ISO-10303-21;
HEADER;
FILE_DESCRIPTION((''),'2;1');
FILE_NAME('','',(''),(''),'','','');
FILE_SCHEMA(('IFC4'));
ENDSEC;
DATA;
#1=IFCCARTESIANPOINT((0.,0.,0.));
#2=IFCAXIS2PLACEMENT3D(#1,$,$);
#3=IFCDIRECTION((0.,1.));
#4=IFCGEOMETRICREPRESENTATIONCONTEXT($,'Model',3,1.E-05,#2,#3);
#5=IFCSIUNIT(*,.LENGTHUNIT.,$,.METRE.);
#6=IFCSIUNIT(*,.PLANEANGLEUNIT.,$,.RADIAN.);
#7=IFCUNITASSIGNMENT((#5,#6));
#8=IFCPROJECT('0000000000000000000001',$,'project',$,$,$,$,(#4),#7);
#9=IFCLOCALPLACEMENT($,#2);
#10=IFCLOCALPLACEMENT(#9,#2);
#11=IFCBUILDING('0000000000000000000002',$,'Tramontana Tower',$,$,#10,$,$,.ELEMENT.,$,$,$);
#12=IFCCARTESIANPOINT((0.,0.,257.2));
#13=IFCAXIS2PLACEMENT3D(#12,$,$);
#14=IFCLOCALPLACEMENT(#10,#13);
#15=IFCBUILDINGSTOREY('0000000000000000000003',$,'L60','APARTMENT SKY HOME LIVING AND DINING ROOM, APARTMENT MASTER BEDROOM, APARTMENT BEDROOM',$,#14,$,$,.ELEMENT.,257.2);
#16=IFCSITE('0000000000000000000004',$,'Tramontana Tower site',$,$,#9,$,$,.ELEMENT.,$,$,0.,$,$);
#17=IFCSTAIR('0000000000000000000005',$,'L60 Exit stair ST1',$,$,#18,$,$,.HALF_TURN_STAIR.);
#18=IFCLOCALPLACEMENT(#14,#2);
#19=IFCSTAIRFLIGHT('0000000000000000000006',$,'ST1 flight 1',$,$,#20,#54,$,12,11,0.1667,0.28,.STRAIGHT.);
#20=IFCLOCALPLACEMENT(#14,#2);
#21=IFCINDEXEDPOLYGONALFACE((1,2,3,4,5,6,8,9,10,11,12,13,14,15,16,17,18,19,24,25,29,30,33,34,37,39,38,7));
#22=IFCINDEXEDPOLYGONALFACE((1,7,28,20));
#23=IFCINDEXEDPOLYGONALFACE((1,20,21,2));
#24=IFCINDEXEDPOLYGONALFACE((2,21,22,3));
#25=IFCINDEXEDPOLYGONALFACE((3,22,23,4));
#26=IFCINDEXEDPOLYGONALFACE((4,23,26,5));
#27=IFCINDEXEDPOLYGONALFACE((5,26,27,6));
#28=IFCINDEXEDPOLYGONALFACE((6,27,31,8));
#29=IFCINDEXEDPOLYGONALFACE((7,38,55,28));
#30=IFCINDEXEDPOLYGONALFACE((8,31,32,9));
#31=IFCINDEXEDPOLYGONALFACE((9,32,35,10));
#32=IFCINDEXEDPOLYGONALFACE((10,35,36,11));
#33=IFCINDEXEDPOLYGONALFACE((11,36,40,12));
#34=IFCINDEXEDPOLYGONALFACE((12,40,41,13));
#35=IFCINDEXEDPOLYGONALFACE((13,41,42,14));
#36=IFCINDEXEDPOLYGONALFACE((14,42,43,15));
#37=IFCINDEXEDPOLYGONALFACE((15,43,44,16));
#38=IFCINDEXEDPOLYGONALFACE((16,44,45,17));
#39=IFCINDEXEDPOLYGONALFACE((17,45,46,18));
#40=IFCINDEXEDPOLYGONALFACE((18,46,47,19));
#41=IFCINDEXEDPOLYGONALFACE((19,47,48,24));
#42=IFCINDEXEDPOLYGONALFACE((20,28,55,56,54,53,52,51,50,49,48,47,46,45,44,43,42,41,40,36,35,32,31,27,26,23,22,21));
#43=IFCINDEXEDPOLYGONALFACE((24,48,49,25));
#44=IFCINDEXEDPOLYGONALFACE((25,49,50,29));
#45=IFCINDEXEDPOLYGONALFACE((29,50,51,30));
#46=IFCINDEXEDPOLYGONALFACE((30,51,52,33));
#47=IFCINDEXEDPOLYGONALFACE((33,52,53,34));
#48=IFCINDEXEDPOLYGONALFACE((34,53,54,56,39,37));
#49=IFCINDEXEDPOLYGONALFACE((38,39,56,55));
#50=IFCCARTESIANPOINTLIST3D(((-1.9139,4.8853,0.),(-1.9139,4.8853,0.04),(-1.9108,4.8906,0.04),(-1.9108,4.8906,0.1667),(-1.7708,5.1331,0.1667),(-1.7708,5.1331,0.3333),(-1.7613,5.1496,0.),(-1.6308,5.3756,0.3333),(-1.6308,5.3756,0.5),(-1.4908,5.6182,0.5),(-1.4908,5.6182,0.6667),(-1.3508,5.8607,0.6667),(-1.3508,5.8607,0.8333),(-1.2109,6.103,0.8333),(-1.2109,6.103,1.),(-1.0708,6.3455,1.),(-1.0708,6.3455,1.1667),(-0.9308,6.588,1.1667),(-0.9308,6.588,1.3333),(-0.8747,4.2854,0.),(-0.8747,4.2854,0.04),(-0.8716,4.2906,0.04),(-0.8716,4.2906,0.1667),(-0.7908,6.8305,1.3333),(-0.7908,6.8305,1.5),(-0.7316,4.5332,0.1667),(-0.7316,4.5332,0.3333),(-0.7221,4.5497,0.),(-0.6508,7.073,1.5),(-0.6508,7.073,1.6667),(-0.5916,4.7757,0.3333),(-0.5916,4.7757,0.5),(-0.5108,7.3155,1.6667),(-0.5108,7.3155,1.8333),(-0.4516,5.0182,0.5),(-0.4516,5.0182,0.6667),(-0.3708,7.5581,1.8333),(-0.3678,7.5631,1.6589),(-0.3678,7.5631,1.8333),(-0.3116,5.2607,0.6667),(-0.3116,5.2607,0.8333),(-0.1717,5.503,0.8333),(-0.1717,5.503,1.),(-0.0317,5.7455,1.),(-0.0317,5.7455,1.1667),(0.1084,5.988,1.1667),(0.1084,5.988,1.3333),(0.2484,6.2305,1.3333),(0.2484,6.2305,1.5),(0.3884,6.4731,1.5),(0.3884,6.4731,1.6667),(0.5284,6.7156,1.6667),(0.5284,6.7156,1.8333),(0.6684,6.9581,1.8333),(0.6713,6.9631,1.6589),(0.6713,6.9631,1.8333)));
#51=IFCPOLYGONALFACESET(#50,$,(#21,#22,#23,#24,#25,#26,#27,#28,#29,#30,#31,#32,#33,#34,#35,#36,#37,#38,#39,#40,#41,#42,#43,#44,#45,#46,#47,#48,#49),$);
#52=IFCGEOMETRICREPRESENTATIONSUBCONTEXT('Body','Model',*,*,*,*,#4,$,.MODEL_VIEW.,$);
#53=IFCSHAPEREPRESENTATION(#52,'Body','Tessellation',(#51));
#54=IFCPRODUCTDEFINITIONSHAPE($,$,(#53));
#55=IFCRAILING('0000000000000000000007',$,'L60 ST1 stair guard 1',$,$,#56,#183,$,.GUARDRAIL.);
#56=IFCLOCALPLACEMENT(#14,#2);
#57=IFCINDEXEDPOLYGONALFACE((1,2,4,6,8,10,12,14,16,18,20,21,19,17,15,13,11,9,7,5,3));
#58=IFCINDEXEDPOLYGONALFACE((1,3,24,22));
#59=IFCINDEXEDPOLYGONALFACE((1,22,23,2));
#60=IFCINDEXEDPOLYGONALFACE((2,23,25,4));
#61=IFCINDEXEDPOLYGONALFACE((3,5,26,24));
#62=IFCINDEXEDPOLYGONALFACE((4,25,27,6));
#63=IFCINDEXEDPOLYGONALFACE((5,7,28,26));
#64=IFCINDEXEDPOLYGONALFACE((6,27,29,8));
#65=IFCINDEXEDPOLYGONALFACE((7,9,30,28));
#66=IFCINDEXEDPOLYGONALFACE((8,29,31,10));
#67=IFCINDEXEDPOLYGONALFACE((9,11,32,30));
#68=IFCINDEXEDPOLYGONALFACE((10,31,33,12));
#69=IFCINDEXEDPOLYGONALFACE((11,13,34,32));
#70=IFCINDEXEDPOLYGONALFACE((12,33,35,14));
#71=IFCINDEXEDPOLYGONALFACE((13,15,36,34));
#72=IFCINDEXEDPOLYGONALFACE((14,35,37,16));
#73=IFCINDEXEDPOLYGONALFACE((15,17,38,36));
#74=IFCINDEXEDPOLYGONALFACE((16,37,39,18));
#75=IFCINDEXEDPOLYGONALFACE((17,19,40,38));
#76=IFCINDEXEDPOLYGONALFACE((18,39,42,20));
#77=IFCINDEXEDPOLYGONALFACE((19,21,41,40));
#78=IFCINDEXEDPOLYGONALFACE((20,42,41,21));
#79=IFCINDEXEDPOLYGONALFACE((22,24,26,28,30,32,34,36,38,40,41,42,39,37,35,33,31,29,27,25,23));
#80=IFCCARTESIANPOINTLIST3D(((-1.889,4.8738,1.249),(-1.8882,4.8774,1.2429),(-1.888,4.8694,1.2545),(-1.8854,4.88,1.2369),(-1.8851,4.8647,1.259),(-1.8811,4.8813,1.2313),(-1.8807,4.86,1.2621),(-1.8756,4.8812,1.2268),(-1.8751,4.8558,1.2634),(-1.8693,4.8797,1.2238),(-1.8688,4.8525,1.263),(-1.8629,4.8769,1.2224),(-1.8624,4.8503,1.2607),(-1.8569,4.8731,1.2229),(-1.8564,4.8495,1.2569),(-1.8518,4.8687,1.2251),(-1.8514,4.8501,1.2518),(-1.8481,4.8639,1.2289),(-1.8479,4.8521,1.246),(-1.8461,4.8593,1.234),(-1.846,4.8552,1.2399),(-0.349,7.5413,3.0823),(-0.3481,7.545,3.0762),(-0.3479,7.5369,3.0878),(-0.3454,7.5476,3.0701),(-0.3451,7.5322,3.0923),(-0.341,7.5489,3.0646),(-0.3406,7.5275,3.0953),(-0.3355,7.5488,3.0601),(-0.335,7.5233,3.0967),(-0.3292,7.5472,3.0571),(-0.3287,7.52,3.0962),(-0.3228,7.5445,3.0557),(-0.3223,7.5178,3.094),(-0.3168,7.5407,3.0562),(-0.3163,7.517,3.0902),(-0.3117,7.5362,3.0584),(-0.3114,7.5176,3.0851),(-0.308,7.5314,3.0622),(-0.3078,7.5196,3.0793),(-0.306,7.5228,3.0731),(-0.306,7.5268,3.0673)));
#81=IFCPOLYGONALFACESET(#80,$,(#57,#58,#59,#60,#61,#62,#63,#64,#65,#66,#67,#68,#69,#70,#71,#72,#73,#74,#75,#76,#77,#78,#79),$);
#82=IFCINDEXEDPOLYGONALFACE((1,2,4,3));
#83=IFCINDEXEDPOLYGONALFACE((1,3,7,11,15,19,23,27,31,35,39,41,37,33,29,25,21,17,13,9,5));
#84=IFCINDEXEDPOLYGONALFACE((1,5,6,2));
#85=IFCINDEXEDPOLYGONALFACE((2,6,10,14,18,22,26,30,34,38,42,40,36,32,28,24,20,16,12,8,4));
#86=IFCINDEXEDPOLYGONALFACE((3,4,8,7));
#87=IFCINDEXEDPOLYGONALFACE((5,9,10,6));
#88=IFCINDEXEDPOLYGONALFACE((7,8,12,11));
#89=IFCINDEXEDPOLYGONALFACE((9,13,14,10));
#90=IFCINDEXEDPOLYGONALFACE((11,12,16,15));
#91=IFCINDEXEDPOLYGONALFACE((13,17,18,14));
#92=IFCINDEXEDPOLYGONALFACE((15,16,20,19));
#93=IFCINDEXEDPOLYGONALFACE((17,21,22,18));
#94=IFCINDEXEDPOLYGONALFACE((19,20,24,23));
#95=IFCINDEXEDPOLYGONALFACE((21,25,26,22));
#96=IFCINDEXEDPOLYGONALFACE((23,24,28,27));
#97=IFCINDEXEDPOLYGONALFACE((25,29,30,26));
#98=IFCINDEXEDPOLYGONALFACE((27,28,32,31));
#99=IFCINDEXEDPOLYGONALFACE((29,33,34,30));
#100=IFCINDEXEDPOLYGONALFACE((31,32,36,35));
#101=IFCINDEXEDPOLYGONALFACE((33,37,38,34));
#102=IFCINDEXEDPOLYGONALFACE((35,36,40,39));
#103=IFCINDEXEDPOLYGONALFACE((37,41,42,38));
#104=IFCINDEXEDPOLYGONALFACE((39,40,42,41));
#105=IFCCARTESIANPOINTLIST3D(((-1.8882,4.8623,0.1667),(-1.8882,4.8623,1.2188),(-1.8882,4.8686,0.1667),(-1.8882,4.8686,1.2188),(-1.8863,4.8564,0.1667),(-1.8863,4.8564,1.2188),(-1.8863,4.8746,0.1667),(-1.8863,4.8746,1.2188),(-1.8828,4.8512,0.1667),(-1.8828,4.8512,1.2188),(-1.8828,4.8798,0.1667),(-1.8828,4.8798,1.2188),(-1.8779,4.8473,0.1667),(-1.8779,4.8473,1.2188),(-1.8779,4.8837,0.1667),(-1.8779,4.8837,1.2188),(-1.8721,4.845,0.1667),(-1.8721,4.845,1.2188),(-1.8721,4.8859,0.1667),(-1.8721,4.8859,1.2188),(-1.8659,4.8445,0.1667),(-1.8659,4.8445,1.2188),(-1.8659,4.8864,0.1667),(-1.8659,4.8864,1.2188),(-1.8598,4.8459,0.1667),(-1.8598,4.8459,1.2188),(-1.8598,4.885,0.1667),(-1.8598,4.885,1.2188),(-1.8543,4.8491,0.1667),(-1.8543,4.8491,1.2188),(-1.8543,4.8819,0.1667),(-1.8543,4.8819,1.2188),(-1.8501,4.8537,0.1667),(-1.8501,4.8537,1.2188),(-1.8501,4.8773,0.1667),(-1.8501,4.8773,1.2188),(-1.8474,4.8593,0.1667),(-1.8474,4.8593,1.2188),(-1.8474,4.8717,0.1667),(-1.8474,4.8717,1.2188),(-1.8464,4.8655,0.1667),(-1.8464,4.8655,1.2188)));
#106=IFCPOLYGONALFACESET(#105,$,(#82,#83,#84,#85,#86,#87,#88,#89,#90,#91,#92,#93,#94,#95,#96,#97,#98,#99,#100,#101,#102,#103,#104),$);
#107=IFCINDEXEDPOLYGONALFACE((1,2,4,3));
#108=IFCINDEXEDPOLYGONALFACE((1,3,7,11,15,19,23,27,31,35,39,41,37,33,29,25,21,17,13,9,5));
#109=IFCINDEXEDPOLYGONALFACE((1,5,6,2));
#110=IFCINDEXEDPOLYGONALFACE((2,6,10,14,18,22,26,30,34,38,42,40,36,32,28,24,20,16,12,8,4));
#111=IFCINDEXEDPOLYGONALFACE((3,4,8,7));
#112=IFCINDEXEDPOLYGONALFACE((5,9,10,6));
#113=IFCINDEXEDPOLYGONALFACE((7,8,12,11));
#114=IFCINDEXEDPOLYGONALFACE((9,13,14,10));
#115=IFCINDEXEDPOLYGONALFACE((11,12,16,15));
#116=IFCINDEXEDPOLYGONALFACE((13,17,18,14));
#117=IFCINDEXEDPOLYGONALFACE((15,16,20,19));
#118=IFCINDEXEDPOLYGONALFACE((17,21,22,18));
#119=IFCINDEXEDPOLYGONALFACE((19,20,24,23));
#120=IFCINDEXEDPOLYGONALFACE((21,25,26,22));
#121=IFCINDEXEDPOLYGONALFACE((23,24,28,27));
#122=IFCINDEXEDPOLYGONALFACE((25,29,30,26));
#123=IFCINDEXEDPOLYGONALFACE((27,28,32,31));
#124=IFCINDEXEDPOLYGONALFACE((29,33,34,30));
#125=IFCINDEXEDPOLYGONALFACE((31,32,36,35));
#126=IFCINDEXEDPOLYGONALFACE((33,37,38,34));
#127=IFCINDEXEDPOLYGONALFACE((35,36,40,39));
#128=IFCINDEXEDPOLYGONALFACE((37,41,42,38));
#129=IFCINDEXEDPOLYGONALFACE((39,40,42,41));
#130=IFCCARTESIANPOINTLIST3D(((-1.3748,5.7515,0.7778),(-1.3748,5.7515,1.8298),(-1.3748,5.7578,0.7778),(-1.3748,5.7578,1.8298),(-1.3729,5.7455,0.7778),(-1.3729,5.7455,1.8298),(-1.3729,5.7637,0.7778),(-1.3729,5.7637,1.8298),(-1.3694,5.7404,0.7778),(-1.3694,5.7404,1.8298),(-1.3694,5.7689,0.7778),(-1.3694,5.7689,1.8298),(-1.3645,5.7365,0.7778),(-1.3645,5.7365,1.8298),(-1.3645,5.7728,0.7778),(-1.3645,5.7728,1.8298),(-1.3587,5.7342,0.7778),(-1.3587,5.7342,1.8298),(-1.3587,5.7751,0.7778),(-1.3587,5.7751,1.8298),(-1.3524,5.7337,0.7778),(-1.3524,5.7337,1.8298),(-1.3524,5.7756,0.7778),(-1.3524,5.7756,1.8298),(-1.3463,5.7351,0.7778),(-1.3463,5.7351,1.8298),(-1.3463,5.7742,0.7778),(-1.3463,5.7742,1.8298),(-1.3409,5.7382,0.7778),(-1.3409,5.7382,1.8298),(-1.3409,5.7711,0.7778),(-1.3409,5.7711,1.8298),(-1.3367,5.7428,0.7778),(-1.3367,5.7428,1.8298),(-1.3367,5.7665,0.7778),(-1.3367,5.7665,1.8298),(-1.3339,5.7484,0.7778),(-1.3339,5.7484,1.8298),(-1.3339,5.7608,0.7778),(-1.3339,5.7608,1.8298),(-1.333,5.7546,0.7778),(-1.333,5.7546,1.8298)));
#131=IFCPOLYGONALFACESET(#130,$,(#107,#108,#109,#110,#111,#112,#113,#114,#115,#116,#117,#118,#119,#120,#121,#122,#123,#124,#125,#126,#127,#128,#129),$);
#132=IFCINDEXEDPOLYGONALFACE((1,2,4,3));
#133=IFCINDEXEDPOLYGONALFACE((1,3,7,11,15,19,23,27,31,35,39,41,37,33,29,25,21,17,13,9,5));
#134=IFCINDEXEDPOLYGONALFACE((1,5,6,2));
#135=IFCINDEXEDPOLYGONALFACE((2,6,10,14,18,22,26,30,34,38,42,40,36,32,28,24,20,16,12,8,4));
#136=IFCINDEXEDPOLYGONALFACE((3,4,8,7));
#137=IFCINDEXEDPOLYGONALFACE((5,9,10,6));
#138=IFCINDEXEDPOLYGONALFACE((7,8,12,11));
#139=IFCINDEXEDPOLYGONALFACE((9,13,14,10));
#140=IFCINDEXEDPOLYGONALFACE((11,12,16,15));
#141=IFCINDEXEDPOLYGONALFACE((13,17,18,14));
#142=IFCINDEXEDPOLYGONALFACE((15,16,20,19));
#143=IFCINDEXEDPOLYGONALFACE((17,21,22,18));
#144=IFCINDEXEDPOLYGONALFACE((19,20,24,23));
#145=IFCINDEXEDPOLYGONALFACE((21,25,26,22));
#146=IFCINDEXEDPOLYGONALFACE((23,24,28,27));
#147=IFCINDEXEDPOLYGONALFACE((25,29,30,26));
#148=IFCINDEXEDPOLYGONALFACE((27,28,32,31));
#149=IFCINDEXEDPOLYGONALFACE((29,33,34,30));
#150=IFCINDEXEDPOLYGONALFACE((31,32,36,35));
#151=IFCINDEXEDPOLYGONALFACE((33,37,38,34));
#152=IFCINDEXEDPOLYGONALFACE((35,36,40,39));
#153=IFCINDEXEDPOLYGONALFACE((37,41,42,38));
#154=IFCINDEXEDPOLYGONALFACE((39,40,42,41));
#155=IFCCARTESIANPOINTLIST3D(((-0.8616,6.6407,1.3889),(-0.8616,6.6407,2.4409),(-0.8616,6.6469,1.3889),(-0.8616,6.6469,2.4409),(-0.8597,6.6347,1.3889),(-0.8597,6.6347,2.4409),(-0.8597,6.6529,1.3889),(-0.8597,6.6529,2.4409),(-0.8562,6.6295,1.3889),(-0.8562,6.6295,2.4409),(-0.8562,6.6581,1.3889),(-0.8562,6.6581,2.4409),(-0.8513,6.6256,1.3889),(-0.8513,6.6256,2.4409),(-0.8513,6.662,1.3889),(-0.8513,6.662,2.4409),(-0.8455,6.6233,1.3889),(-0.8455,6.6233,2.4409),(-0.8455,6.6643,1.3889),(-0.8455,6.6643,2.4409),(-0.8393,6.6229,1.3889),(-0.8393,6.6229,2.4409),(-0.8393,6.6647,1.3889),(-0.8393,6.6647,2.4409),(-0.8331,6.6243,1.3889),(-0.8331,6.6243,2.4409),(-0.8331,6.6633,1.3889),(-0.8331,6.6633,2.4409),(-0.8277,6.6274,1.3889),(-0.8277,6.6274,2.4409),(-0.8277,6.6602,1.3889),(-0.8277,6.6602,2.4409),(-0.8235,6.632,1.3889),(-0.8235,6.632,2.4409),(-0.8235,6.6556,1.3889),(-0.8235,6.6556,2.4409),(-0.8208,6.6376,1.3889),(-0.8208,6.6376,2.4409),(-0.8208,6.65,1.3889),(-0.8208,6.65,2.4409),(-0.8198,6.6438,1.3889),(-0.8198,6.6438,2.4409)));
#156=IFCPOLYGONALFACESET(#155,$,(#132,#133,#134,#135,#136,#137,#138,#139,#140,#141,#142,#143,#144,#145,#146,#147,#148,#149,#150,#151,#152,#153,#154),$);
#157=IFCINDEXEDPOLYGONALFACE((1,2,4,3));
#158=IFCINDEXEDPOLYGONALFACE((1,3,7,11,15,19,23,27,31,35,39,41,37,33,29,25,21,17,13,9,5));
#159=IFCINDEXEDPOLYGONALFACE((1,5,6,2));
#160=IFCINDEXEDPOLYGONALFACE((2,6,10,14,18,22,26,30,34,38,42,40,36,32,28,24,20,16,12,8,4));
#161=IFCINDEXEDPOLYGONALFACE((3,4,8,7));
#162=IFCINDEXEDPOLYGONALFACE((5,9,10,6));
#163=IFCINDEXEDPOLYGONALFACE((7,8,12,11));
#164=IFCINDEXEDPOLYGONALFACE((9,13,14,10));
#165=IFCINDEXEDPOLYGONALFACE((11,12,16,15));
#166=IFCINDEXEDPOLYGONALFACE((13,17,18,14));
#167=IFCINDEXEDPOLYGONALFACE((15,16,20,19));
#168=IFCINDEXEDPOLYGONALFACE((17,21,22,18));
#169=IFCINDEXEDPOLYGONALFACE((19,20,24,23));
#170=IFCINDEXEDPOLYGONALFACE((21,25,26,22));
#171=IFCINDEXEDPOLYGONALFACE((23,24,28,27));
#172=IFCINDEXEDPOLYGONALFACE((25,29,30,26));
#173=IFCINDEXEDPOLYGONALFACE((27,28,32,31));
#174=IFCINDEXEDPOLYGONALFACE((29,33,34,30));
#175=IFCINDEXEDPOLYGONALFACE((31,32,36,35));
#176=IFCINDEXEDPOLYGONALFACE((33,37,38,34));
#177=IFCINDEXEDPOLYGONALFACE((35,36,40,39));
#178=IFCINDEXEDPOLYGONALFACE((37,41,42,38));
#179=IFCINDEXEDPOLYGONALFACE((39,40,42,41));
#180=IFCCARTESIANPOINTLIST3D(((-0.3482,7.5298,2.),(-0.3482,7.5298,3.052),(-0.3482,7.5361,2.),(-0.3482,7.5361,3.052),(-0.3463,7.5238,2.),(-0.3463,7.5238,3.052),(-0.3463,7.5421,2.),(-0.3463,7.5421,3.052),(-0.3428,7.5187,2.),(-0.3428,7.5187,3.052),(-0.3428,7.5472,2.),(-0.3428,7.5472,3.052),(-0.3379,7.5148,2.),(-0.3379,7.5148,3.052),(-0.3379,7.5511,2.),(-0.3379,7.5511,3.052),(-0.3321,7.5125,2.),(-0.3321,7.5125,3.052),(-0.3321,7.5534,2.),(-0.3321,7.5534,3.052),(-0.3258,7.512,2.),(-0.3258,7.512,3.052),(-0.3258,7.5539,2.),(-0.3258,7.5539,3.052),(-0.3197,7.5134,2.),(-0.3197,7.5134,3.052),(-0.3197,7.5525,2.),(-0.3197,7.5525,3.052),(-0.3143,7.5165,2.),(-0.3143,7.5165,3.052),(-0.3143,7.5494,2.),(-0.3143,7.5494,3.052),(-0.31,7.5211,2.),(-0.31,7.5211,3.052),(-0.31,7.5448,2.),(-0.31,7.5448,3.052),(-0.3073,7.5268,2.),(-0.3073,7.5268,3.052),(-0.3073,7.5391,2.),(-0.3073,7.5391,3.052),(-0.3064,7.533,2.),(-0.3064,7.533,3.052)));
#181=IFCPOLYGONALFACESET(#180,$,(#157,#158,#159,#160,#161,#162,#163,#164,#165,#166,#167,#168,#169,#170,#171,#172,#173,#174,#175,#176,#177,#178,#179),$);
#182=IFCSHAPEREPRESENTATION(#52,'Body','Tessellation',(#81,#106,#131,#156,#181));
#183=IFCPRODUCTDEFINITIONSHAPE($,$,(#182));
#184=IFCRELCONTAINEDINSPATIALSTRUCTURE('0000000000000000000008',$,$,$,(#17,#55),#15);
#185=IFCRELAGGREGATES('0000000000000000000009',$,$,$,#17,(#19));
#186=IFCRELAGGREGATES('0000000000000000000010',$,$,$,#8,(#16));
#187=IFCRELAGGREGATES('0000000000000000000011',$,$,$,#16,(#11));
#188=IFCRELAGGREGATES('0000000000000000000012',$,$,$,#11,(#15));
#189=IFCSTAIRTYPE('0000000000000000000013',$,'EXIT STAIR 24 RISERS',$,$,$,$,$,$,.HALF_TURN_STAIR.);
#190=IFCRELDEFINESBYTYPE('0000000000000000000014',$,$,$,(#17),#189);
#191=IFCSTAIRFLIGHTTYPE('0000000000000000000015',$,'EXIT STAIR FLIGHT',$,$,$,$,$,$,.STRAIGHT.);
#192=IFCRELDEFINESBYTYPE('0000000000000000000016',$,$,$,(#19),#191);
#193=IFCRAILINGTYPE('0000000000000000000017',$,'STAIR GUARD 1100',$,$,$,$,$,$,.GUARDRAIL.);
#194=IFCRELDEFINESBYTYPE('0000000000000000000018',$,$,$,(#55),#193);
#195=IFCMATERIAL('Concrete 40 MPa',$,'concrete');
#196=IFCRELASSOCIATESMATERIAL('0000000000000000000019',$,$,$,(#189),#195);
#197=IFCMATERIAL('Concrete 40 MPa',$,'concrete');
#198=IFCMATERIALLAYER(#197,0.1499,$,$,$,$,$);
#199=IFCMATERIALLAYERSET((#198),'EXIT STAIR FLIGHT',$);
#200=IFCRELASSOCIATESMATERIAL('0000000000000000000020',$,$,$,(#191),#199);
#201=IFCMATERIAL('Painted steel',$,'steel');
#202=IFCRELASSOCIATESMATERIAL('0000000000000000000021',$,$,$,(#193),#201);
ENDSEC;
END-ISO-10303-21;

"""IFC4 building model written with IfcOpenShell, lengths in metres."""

from ifc_helpers import new_model, si_unit, direction, frame, origin, origin_2d, place, context, subcontext, project, spatial, polyline, circle, outline, extrude, material, layer, layer_set, type_object, element, aggregate, save


model = new_model("IFC4")

# Units and contexts
model_context = context("Model", 3, precision=1e-05, world=origin(), true_north=direction((0.0, 1.0)))
body_context = subcontext(model_context, "Body", "Model", "MODEL_VIEW")
ifc_project = project(units=[si_unit("LENGTHUNIT", "METRE"), si_unit("PLANEANGLEUNIT", "RADIAN")], contexts=[model_context])

# Site, building, storey
site_placement = place(None, origin())
site = spatial("IfcSite", under=ifc_project, at=site_placement, Name="Tramontana Tower site", CompositionType="ELEMENT", RefElevation=0.0)
building_placement = place(site_placement, origin())
building = spatial("IfcBuilding", under=site, at=building_placement, Name="Tramontana Tower", CompositionType="ELEMENT")
storey_placement = place(building_placement, frame((0.0, 0.0, 257.2)))
storey = spatial("IfcBuildingStorey", under=building, at=storey_placement, Name="L60", Description="APARTMENT SKY HOME LIVING AND DINING ROOM, APARTMENT MASTER BEDROOM, APARTMENT BEDROOM", CompositionType="ELEMENT", Elevation=257.2)

# Stair, stair flight
ifc_material_1 = material(Name="Concrete 40 MPa", Category="concrete")
stair_type = type_object("IfcStairType", Name="EXIT STAIR 24 RISERS", PredefinedType="HALF_TURN_STAIR", material=ifc_material_1)
stair_placement = place(storey_placement, origin())
stair = element("IfcStair", 1, at=stair_placement, inside=storey, type_object=stair_type, Name="L60 Exit stair ST1", PredefinedType="HALF_TURN_STAIR")
ifc_material_2 = material(Name="Concrete 40 MPa", Category="concrete")
ifc_layer_1 = layer(ifc_material_2, 0.1499)
ifc_layer_set_1 = layer_set([ifc_layer_1], Name="EXIT STAIR FLIGHT")
stair_flight_type = type_object("IfcStairFlightType", Name="EXIT STAIR FLIGHT", PredefinedType="STRAIGHT", material=ifc_layer_set_1)
stair_flight_placement = place(storey_placement, frame((-1.3911, 4.5906, 0.0), z_axis=(0.0, 0.0, 1.0), x_axis=(0.5, 0.866025, 0.0)))
stair_flight = element("IfcStairFlight", 2, at=stair_flight_placement, type_object=stair_flight_type, Name="ST1 flight 1", NumberOfRisers=12, NumberOfTreads=11, PredefinedType="STRAIGHT", RiserHeight=0.1667, TreadLength=0.28, context=body_context, shape_type="SweptSolid", body=[
    extrude(outline(polyline([(-0.0061, 0.0), (-0.0061, 0.04), (0.0, 0.04), (0.0, 0.1667), (0.28, 0.1667), (0.28, 0.3333), (0.5601, 0.3333), (0.5601, 0.5), (0.8401, 0.5), (0.8401, 0.6667), (1.1201, 0.6667), (1.1201, 0.8333), (1.3999, 0.8333), (1.3999, 1.0), (1.6799, 1.0), (1.6799, 1.1667), (1.96, 1.1667), (1.96, 1.3333), (2.24, 1.3333), (2.24, 1.5), (2.52, 1.5), (2.52, 1.6667), (2.8, 1.6667), (2.8, 1.8333), (3.0801, 1.8333), (3.0859, 1.8333), (3.0859, 1.6589), (0.2991, 0.0), (-0.0061, 0.0)])), frame((0.0, 0.6001, 0.0), z_axis=(0.0, -1.0, 0.0), x_axis=(1.0, 0.0, 0.0)), (0.0, 0.0, 1.0), 1.2),
])
aggregate(stair, [stair_flight])

# Railing
ifc_material_3 = material(Name="Painted steel", Category="steel")
railing_type_1 = type_object("IfcRailingType", Name="STAIR GUARD 1100", PredefinedType="GUARDRAIL", material=ifc_material_3)
railing_1_placement = place(storey_placement, frame((-1.8674, 4.8655, 0.1667)))
element("IfcRailing", 3, at=railing_1_placement, inside=storey, type_object=railing_type_1, Name="L60 ST1 stair guard 1", PredefinedType="GUARDRAIL", context=body_context, shape_type="SweptSolid", body=[
    extrude(circle(Radius=0.0239, at=origin_2d()), frame((0.0, 0.0, 1.0762), z_axis=(0.429649, 0.74419, 0.511452), x_axis=(-0.86603, 0.499992, 0.0)), (0.0, 0.0, 1.0), 3.5845),
    extrude(circle(Radius=0.021, at=origin_2d()), origin(), (0.0, 0.0, 1.0), 1.052),
    extrude(circle(Radius=0.021, at=origin_2d()), frame((0.5134, 0.8892, 0.6111)), (0.0, 0.0, 1.0), 1.052),
    extrude(circle(Radius=0.021, at=origin_2d()), frame((1.0266, 1.7783, 1.2222)), (0.0, 0.0, 1.0), 1.052),
    extrude(circle(Radius=0.021, at=origin_2d()), frame((1.54, 2.6675, 1.8333)), (0.0, 0.0, 1.0), 1.052),
])

save(model, "model.ifc")
